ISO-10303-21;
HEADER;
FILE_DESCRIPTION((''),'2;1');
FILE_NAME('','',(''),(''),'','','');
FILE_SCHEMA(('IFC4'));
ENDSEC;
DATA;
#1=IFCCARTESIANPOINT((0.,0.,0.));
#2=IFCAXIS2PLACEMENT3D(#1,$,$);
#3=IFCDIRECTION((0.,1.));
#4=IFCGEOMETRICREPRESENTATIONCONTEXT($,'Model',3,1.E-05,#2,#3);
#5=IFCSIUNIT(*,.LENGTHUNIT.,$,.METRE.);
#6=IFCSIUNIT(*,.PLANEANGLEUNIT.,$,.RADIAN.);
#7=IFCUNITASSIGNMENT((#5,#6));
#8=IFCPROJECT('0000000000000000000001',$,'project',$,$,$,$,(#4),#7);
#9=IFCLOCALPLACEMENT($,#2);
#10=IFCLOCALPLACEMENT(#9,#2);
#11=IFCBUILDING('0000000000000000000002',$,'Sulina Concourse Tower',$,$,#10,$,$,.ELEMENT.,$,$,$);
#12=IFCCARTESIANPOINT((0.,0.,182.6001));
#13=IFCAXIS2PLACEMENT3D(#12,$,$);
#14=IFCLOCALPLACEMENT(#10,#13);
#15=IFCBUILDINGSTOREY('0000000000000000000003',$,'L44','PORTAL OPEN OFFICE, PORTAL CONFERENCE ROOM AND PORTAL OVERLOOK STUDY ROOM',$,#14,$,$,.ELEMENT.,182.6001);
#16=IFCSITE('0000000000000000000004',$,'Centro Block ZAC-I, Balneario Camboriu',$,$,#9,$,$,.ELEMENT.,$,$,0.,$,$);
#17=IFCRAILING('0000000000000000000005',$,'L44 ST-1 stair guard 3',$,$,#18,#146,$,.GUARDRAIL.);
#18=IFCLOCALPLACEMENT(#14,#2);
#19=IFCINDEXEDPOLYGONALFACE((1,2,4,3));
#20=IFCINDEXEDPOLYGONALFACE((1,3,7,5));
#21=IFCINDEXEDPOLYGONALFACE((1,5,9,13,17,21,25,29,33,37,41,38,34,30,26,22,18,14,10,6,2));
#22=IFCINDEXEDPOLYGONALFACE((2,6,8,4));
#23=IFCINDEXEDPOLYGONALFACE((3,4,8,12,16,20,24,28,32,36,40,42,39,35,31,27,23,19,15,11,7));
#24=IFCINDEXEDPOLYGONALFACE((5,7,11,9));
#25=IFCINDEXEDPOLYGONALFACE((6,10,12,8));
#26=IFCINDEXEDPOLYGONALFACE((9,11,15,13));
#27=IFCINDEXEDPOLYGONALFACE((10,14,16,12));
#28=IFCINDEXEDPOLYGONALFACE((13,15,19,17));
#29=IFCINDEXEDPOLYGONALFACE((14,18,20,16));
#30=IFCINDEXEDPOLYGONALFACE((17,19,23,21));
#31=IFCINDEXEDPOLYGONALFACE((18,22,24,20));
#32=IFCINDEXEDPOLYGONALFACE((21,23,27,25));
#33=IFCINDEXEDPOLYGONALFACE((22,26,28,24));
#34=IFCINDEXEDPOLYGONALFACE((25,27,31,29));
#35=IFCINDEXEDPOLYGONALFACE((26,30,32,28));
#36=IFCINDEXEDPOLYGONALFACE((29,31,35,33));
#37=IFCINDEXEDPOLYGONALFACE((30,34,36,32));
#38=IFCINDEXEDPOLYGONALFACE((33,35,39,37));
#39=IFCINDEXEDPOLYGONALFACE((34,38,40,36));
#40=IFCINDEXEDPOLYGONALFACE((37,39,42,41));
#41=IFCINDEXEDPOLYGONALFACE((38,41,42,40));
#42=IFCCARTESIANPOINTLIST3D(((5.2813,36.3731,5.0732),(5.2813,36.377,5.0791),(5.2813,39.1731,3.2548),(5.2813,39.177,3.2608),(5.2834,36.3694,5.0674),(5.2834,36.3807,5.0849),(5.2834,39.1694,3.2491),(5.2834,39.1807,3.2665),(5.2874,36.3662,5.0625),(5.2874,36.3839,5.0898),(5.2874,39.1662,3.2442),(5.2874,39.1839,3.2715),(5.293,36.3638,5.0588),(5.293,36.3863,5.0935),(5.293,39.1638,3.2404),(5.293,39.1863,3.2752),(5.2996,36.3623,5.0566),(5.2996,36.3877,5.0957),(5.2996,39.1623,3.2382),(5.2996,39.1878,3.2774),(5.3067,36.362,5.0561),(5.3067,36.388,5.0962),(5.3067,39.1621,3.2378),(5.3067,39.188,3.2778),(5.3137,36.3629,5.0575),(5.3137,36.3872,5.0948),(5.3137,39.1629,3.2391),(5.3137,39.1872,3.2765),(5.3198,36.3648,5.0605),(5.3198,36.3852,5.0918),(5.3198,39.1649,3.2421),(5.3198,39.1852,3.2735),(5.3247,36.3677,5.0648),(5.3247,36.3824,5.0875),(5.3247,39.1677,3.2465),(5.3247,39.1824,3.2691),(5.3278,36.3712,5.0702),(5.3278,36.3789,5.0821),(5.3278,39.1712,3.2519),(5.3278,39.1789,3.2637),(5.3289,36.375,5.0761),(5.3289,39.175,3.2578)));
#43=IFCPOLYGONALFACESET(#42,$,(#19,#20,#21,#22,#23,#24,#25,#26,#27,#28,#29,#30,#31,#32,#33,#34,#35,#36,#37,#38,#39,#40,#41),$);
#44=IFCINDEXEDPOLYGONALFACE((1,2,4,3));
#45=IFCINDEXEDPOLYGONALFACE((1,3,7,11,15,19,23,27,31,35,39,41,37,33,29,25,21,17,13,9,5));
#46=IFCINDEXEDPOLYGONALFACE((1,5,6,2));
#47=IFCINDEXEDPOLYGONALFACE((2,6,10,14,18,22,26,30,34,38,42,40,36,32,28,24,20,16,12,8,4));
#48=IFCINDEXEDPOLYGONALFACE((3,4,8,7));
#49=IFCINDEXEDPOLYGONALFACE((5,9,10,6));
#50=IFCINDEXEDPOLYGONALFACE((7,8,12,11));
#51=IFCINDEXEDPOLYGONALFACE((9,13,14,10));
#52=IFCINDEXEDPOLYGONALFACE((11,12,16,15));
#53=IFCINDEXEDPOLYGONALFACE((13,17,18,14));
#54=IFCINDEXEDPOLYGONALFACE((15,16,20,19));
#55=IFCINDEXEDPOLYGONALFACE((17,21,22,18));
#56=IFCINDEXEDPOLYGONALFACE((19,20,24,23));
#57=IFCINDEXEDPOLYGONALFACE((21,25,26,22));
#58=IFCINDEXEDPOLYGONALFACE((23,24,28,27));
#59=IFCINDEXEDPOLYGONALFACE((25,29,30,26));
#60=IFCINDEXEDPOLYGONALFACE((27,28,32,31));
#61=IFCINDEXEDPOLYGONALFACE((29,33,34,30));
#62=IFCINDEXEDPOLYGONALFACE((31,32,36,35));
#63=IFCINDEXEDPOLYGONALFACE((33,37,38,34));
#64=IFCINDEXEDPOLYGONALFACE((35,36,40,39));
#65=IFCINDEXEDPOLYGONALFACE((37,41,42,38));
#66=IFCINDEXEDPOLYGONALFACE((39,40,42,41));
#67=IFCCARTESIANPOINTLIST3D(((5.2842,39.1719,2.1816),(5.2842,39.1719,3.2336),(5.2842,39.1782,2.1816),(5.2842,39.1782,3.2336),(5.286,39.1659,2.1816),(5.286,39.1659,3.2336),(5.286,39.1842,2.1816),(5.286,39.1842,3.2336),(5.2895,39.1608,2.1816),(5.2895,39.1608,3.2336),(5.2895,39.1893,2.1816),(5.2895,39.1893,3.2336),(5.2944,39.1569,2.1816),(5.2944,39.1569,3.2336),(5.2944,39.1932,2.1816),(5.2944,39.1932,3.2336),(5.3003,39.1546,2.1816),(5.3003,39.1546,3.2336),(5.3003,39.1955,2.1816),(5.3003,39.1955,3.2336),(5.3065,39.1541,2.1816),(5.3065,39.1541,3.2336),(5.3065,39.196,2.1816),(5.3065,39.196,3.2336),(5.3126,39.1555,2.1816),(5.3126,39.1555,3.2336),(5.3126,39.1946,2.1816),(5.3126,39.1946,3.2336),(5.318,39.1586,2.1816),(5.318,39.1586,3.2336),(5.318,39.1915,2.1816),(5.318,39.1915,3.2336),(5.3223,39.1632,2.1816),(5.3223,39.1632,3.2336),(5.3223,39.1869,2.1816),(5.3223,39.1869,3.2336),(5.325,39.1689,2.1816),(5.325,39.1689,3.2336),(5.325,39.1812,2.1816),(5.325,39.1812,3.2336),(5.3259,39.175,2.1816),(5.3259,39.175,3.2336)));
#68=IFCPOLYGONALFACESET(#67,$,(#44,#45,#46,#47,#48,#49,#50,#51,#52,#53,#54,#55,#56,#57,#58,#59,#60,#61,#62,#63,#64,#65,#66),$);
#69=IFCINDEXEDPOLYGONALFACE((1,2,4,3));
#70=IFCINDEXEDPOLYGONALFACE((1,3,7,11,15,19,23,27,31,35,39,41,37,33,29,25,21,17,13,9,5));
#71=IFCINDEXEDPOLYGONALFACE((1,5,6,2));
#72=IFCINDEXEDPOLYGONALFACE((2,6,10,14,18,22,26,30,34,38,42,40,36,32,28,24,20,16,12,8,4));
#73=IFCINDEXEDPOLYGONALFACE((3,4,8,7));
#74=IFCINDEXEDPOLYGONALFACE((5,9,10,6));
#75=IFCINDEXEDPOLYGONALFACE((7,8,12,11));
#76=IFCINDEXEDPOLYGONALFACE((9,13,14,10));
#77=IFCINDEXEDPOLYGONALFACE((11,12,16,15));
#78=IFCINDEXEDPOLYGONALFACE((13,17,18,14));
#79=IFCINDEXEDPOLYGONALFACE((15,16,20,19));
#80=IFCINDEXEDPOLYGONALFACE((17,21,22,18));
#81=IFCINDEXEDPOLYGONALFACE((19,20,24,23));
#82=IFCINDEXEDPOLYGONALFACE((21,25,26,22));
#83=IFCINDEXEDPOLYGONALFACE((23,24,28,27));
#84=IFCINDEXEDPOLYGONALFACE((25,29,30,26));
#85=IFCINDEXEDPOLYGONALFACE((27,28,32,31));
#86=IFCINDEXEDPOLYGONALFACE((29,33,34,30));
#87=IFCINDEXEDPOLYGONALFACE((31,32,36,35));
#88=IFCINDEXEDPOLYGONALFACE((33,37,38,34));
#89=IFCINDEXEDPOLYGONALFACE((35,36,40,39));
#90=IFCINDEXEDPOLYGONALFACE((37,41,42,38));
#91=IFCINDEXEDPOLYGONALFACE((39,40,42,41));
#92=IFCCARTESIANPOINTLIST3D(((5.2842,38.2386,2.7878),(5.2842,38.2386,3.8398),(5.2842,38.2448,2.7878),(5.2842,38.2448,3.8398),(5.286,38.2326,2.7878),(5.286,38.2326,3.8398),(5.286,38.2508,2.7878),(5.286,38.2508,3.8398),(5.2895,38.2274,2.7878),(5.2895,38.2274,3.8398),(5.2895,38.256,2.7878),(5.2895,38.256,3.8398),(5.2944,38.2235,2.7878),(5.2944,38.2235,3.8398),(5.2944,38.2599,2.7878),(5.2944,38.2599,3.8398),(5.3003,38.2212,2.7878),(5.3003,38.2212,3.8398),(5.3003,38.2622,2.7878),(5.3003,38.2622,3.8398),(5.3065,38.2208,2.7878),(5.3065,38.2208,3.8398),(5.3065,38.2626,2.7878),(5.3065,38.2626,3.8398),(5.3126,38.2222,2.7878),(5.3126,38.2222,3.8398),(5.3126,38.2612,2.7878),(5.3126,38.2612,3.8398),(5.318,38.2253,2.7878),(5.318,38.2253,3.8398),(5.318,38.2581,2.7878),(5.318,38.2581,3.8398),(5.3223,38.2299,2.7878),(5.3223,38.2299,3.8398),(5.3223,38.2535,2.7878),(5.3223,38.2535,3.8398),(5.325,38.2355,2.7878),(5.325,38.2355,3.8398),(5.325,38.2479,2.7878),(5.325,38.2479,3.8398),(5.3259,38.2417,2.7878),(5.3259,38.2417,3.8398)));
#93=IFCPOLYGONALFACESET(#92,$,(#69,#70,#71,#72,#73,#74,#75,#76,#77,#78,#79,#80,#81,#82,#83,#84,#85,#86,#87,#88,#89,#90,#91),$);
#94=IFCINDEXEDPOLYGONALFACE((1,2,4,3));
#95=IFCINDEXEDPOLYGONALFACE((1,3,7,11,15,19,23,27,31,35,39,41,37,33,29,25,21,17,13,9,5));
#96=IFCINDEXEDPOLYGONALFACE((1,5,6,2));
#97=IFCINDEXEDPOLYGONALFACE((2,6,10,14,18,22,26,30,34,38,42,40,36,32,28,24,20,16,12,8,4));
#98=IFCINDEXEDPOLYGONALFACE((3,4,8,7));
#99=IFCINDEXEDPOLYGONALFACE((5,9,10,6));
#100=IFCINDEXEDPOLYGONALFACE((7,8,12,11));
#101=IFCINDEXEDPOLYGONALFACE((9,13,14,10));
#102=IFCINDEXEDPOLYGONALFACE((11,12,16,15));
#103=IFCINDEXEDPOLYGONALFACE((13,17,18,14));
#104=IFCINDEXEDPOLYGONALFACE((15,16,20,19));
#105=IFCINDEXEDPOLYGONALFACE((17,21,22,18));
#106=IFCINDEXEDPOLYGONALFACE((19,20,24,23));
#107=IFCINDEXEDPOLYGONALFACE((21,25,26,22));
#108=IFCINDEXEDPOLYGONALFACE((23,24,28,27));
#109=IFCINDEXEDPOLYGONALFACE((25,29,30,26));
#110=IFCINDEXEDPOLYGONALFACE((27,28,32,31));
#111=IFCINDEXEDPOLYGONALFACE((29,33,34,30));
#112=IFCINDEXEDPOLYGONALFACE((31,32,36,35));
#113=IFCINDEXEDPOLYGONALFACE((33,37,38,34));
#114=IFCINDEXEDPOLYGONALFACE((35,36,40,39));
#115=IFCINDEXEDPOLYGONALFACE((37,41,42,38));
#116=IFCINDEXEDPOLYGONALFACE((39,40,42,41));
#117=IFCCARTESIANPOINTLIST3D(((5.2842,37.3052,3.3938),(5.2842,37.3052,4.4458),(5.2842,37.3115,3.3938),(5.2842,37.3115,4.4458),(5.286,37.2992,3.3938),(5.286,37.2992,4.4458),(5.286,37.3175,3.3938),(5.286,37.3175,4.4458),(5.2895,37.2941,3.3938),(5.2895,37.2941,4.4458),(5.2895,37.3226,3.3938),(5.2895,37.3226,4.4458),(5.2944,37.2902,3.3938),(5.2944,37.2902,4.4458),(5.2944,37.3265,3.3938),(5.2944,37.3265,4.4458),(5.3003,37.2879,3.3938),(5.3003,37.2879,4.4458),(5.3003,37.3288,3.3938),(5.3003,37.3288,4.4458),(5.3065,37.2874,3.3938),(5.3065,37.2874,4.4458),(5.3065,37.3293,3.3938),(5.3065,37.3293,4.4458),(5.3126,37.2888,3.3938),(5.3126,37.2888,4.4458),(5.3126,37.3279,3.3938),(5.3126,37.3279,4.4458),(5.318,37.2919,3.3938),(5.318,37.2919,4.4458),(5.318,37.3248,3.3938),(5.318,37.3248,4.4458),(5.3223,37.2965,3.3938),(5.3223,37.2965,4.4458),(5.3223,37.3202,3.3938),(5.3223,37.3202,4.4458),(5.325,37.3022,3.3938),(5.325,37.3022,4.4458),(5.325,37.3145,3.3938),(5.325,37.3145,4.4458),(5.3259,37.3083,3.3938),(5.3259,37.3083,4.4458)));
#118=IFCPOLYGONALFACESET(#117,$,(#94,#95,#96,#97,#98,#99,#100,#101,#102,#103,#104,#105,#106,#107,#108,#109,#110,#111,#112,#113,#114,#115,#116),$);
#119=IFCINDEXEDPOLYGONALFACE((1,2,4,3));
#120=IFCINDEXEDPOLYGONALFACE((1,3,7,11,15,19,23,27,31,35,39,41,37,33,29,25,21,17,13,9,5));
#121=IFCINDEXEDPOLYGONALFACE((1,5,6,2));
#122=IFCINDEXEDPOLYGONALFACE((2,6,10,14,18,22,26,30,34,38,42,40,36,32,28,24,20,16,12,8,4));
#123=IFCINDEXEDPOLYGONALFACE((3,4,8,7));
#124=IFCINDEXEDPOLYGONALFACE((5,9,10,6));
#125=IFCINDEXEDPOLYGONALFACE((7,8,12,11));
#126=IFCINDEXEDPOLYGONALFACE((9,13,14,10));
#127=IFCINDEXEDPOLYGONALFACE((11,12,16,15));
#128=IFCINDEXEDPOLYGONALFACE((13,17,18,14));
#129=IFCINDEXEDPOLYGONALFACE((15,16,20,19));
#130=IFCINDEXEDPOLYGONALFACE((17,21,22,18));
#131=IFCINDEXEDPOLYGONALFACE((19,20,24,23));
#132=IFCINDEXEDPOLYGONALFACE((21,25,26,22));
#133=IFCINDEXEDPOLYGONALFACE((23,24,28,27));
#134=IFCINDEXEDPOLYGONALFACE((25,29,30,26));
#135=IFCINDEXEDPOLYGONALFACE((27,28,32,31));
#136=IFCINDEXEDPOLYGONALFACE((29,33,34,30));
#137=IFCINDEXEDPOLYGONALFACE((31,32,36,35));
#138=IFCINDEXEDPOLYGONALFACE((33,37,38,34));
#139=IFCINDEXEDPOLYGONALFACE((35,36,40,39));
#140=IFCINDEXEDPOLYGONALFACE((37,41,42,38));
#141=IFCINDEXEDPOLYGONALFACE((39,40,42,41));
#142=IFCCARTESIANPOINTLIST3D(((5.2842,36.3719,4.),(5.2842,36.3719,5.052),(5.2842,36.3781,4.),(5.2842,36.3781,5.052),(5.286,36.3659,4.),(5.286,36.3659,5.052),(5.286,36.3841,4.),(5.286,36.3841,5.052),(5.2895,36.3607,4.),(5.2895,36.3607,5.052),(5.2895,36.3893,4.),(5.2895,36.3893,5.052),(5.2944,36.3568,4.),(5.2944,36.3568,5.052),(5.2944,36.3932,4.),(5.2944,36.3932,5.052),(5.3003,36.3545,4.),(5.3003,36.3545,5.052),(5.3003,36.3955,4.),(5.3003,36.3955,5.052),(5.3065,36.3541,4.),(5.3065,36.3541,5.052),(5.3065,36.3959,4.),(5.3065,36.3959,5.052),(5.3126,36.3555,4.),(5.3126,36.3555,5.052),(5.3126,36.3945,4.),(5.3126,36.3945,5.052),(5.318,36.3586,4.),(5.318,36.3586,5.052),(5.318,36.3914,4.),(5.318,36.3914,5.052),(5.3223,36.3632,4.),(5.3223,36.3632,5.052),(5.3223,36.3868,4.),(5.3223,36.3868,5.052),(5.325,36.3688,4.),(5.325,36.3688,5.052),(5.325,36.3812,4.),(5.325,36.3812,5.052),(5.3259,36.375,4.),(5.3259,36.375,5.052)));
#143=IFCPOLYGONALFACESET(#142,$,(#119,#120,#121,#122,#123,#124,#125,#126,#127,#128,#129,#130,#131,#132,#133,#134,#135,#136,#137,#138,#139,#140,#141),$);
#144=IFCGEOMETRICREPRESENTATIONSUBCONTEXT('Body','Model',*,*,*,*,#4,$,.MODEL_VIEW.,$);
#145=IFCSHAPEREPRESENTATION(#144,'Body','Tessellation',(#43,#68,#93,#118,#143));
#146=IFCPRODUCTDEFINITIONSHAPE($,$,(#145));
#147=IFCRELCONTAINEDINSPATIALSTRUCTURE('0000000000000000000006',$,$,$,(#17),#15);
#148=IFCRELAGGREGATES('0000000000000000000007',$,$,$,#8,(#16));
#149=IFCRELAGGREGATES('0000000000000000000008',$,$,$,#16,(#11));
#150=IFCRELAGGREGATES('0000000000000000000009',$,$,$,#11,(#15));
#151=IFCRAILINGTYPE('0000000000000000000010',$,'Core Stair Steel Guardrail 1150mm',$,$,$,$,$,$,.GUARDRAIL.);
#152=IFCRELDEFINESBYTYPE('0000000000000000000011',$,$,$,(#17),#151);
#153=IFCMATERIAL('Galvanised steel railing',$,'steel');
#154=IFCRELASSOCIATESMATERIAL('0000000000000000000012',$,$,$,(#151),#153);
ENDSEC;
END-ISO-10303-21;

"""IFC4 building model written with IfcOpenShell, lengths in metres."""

from ifc_helpers import new_model, si_unit, direction, frame, origin, origin_2d, place, context, subcontext, project, spatial, circle, extrude, material, type_object, element, save


model = new_model("IFC4")

# Units and contexts
model_context = context("Model", 3, precision=1e-05, world=origin(), true_north=direction((0.0, 1.0)))
body_context = subcontext(model_context, "Body", "Model", "MODEL_VIEW")
ifc_project = project(units=[si_unit("LENGTHUNIT", "METRE"), si_unit("PLANEANGLEUNIT", "RADIAN")], contexts=[model_context])

# Site, building, storey
site_placement = place(None, origin())
site = spatial("IfcSite", under=ifc_project, at=site_placement, Name="Centro Block ZAC-I, Balneario Camboriu", CompositionType="ELEMENT", RefElevation=0.0)
building_placement = place(site_placement, origin())
building = spatial("IfcBuilding", under=site, at=building_placement, Name="Sulina Concourse Tower", CompositionType="ELEMENT")
storey_placement = place(building_placement, frame((0.0, 0.0, 182.6001)))
storey = spatial("IfcBuildingStorey", under=building, at=storey_placement, Name="L44", Description="PORTAL OPEN OFFICE, PORTAL CONFERENCE ROOM AND PORTAL OVERLOOK STUDY ROOM", CompositionType="ELEMENT", Elevation=182.6001)

# Railing
ifc_material_1 = material(Name="Galvanised steel railing", Category="steel")
railing_type_1 = type_object("IfcRailingType", Name="Core Stair Steel Guardrail 1150mm", PredefinedType="GUARDRAIL", material=ifc_material_1)
railing_1_placement = place(storey_placement, frame((5.3049, 39.175, 2.1816)))
element("IfcRailing", 1, at=railing_1_placement, inside=storey, type_object=railing_type_1, Name="L44 ST-1 stair guard 3", PredefinedType="GUARDRAIL", context=body_context, shape_type="SweptSolid", body=[
    extrude(circle(Radius=0.0239, at=origin_2d()), frame((0.0, 0.0, 1.0762), z_axis=(0.0, -0.838672, 0.544636), x_axis=(1.0, 0.0, 0.0)), (0.0, 0.0, 1.0), 3.3386),
    extrude(circle(Radius=0.021, at=origin_2d()), origin(), (0.0, 0.0, 1.0), 1.052),
    extrude(circle(Radius=0.021, at=origin_2d()), frame((0.0, -0.9333, 0.6062)), (0.0, 0.0, 1.0), 1.052),
    extrude(circle(Radius=0.021, at=origin_2d()), frame((0.0, -1.8667, 1.2122)), (0.0, 0.0, 1.0), 1.052),
    extrude(circle(Radius=0.021, at=origin_2d()), frame((0.0, -2.8, 1.8184)), (0.0, 0.0, 1.0), 1.052),
])

save(model, "model.ifc")
